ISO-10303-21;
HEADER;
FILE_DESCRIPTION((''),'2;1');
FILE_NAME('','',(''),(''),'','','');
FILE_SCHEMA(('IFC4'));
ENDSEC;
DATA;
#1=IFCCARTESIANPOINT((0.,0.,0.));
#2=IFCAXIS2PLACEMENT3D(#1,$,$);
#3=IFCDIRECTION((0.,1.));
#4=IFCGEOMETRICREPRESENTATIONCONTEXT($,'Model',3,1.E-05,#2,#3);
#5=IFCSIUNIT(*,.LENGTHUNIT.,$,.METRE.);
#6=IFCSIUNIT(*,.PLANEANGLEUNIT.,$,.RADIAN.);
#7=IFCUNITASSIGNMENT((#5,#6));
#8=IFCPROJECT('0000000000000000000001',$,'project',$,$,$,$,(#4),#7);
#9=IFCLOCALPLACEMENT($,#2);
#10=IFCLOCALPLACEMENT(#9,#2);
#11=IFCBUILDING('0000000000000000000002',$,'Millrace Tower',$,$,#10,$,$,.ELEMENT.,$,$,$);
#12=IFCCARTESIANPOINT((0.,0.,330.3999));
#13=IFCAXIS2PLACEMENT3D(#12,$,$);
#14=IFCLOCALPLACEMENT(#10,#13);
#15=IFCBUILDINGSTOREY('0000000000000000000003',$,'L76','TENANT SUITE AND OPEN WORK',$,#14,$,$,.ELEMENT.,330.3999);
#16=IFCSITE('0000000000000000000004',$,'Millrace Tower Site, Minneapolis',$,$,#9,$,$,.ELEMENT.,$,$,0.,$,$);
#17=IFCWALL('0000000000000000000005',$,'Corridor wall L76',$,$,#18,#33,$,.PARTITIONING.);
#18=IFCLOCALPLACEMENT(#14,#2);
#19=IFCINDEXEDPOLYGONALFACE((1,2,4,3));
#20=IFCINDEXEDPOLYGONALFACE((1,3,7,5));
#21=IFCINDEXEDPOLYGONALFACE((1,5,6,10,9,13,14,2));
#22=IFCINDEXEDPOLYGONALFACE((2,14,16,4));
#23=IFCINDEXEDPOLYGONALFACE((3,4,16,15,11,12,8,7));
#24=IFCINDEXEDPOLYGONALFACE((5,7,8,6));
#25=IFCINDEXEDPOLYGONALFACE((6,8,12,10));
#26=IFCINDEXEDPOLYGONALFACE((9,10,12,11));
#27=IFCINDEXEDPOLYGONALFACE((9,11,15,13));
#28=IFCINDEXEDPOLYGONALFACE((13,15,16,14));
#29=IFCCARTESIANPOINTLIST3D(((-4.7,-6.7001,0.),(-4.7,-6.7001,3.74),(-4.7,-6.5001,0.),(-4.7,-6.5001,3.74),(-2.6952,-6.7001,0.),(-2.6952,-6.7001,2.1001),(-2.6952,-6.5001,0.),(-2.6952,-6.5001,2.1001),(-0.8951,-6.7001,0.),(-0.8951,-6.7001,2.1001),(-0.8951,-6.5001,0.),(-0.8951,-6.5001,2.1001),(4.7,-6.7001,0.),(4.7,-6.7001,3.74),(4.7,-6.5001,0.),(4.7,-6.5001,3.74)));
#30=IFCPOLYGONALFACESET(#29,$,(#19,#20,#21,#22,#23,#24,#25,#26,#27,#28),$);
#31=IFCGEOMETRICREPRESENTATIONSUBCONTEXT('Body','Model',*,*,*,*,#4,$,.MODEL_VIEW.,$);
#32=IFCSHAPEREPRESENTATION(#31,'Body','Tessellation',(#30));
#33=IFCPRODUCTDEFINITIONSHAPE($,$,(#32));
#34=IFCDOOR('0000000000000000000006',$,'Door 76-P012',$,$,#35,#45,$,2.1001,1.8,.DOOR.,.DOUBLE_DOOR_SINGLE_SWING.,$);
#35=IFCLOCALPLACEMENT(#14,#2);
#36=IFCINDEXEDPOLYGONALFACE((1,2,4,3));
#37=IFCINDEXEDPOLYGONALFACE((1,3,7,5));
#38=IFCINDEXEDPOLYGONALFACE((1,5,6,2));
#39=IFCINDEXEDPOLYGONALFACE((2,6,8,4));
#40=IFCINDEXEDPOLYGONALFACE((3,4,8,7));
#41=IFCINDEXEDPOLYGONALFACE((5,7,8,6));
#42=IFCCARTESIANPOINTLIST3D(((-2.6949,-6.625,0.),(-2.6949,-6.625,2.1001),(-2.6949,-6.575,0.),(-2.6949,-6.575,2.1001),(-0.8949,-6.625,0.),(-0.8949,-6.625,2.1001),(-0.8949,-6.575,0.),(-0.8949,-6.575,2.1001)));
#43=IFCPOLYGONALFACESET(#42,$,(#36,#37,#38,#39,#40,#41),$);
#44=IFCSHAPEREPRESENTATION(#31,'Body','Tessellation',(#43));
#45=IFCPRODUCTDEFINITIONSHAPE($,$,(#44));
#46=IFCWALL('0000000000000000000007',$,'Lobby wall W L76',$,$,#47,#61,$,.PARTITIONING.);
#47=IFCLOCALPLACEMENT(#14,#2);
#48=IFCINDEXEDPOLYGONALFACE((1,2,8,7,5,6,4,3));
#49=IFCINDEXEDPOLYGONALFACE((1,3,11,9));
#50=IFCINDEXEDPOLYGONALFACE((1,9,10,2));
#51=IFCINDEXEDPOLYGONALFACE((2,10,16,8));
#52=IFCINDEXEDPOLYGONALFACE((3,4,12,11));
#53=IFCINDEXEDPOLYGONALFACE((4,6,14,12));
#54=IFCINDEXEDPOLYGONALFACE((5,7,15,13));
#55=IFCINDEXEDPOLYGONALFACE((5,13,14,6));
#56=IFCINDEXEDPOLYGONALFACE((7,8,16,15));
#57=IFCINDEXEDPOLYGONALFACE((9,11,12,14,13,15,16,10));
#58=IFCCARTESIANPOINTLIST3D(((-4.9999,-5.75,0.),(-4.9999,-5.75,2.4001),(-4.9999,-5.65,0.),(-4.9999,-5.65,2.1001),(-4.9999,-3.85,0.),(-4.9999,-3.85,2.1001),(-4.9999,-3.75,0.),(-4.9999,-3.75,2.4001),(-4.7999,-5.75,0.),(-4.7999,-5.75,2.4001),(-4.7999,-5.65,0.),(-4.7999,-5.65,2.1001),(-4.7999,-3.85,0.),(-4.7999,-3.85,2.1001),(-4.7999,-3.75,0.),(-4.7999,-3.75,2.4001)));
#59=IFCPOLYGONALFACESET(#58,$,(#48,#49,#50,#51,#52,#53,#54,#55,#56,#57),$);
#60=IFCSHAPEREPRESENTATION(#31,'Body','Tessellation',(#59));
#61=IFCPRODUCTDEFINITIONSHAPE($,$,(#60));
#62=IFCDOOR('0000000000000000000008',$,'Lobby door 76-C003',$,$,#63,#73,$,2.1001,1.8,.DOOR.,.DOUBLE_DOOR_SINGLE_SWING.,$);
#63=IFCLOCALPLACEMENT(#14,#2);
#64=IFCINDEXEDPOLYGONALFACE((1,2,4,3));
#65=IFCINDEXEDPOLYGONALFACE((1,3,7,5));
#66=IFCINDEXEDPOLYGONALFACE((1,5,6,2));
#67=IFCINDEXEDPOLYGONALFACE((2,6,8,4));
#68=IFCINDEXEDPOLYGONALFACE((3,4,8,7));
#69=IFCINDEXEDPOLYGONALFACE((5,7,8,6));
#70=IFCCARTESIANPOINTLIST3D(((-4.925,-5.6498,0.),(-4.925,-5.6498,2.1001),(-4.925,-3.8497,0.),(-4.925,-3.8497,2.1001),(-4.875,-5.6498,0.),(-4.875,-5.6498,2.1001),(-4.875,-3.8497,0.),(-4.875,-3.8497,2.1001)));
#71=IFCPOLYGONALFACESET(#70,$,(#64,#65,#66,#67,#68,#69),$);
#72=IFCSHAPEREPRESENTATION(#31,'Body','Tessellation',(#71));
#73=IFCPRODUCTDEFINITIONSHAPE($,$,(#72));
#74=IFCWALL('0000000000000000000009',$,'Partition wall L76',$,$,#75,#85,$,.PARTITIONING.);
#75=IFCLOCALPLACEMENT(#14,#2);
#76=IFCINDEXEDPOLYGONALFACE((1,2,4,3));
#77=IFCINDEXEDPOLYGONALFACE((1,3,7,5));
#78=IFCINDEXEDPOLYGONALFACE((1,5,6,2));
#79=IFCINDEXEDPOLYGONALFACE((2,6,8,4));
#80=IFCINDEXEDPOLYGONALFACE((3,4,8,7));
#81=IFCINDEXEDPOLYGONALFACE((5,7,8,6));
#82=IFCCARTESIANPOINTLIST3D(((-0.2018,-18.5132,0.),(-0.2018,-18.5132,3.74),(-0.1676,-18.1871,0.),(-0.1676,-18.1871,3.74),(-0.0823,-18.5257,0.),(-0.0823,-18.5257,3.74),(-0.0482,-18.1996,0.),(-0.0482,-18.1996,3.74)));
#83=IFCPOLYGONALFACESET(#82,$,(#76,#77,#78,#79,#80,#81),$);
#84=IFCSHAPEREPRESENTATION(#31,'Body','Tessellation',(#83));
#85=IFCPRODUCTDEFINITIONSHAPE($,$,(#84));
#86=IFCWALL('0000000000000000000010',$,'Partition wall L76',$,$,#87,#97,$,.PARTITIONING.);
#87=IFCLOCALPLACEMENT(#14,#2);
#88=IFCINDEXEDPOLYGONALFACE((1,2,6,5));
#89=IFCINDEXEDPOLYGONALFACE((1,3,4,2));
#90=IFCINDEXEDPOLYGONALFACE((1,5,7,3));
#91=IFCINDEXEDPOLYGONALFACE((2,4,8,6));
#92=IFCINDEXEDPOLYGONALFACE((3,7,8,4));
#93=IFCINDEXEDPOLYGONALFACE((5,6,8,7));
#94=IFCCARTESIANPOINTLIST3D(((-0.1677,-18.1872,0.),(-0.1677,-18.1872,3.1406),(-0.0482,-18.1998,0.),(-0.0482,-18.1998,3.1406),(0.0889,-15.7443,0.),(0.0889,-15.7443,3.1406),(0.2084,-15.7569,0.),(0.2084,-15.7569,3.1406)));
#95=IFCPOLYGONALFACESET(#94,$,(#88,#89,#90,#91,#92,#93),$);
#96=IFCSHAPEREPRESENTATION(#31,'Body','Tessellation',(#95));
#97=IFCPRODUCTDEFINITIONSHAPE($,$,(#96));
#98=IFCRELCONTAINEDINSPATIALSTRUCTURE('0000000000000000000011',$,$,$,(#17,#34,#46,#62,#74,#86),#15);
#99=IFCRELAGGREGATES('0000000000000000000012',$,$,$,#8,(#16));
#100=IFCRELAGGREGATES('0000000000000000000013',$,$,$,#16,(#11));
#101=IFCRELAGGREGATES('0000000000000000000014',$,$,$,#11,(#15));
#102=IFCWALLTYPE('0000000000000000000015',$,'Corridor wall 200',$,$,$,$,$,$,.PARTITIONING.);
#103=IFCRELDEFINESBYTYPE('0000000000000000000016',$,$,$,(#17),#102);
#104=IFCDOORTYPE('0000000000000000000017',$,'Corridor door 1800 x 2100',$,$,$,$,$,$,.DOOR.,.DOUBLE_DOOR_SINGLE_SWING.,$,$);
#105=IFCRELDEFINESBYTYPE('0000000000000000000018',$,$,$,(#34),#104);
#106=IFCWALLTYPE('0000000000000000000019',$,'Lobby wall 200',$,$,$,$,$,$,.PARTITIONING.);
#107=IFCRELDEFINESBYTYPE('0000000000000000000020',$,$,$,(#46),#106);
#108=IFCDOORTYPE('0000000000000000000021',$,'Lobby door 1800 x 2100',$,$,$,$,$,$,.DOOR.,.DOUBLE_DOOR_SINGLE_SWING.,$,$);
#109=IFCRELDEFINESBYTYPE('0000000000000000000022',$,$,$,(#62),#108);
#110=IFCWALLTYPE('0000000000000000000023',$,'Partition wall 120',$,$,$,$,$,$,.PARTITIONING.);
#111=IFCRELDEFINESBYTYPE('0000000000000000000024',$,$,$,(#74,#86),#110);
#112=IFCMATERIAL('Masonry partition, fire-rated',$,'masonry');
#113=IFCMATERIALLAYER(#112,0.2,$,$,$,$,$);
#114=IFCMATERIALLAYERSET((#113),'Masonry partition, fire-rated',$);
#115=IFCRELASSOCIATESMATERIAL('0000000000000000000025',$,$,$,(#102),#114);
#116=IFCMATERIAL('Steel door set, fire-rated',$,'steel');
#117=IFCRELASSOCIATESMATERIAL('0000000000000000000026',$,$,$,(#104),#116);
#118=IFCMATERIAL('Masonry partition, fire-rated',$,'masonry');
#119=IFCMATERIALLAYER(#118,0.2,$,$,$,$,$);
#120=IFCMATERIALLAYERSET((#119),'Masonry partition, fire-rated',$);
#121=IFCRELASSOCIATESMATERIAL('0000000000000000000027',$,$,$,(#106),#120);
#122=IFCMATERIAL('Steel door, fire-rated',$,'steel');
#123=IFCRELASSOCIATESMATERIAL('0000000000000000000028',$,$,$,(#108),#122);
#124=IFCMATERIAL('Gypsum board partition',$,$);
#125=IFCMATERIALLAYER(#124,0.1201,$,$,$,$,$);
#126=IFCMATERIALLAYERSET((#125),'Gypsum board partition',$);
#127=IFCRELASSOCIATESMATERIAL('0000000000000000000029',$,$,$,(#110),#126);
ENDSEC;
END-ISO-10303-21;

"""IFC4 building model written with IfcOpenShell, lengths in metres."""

from ifc_helpers import new_model, si_unit, direction, frame, frame_2d, origin, place, context, subcontext, project, spatial, rectangle, extrude, material, layer, layer_set, type_object, element, fill, save


model = new_model("IFC4")

# Units and contexts
model_context = context("Model", 3, precision=1e-05, world=origin(), true_north=direction((0.0, 1.0)))
body_context = subcontext(model_context, "Body", "Model", "MODEL_VIEW")
ifc_project = project(units=[si_unit("LENGTHUNIT", "METRE"), si_unit("PLANEANGLEUNIT", "RADIAN")], contexts=[model_context])

# Site, building, storey
site_placement = place(None, origin())
site = spatial("IfcSite", under=ifc_project, at=site_placement, Name="Millrace Tower Site, Minneapolis", CompositionType="ELEMENT", RefElevation=0.0)
building_placement = place(site_placement, origin())
building = spatial("IfcBuilding", under=site, at=building_placement, Name="Millrace Tower", CompositionType="ELEMENT")
storey_placement = place(building_placement, frame((0.0, 0.0, 330.3999)))
storey = spatial("IfcBuildingStorey", under=building, at=storey_placement, Name="L76", Description="TENANT SUITE AND OPEN WORK", CompositionType="ELEMENT", Elevation=330.3999)

# Walls, openings, doors
ifc_material_1 = material(Name="Masonry partition, fire-rated", Category="masonry")
ifc_layer_1 = layer(ifc_material_1, 0.2)
ifc_layer_set_1 = layer_set([ifc_layer_1], Name="Masonry partition, fire-rated")
wall_type_1 = type_object("IfcWallType", Name="Corridor wall 200", PredefinedType="PARTITIONING", material=ifc_layer_set_1)
wall_1_placement = place(storey_placement, frame((-4.7, -6.6001, 0.0), z_axis=(0.0, 0.0, 1.0), x_axis=(1.0, 0.0, 0.0)))
wall_1 = element("IfcWall", 1, at=wall_1_placement, inside=storey, type_object=wall_type_1, Name="Corridor wall L76", PredefinedType="PARTITIONING", context=body_context, shape_type="SweptSolid", body=[
    extrude(rectangle(XDim=9.3999, YDim=0.2, at=frame_2d((4.7, 0.0))), origin(), (0.0, 0.0, 1.0), 3.74),
])
opening_1_placement = place(wall_1_placement, frame((2.0049, 0.0, 0.0)))
opening_1 = element("IfcOpeningElement", 2, at=opening_1_placement, cuts=wall_1, PredefinedType="OPENING", context=body_context, shape_type="SweptSolid", body=[
    extrude(rectangle(XDim=1.8, YDim=2.1001, at=frame_2d((0.8999, 1.05))), frame((0.0, 0.1099, 0.0), z_axis=(0.0, -1.0, 0.0), x_axis=(1.0, 0.0, 0.0)), (0.0, 0.0, 1.0), 0.22),
])
ifc_material_2 = material(Name="Steel door set, fire-rated", Category="steel")
door_type_1 = type_object("IfcDoorType", Name="Corridor door 1800 x 2100", OperationType="DOUBLE_DOOR_SINGLE_SWING", PredefinedType="DOOR", material=ifc_material_2)
door_1_placement = place(opening_1_placement, frame((1.8, 0.0, 0.0), z_axis=(0.0, 0.0, 1.0), x_axis=(-1.0, 0.0, 0.0)))
door_1 = element("IfcDoor", 3, at=door_1_placement, inside=storey, type_object=door_type_1, Name="Door 76-P012", OperationType="DOUBLE_DOOR_SINGLE_SWING", OverallHeight=2.1001, OverallWidth=1.8, PredefinedType="DOOR", context=body_context, shape_type="SweptSolid", body=[
    extrude(rectangle(XDim=1.8, YDim=2.1001, at=frame_2d((0.8999, 1.05))), frame((0.0, 0.0249, 0.0), z_axis=(0.0, -1.0, 0.0), x_axis=(1.0, 0.0, 0.0)), (0.0, 0.0, 1.0), 0.05),
])
fill(opening_1, door_1)
ifc_material_3 = material(Name="Masonry partition, fire-rated", Category="masonry")
ifc_layer_2 = layer(ifc_material_3, 0.2)
ifc_layer_set_2 = layer_set([ifc_layer_2], Name="Masonry partition, fire-rated")
wall_type_2 = type_object("IfcWallType", Name="Lobby wall 200", PredefinedType="PARTITIONING", material=ifc_layer_set_2)
wall_2_placement = place(storey_placement, frame((-4.8999, -5.75, 0.0), z_axis=(0.0, 0.0, 1.0), x_axis=(0.0, 1.0, 0.0)))
wall_2 = element("IfcWall", 4, at=wall_2_placement, inside=storey, type_object=wall_type_2, Name="Lobby wall W L76", PredefinedType="PARTITIONING", context=body_context, shape_type="SweptSolid", body=[
    extrude(rectangle(XDim=2.0, YDim=0.2, at=frame_2d((1.0, 0.0))), origin(), (0.0, 0.0, 1.0), 2.4001),
])
opening_2_placement = place(wall_2_placement, frame((0.1001, 0.0, 0.0)))
opening_2 = element("IfcOpeningElement", 5, at=opening_2_placement, cuts=wall_2, PredefinedType="OPENING", context=body_context, shape_type="SweptSolid", body=[
    extrude(rectangle(XDim=1.8, YDim=2.1001, at=frame_2d((0.8999, 1.05))), frame((0.0, 0.1099, 0.0), z_axis=(0.0, -1.0, 0.0), x_axis=(1.0, 0.0, 0.0)), (0.0, 0.0, 1.0), 0.22),
])
ifc_material_4 = material(Name="Steel door, fire-rated", Category="steel")
door_type_2 = type_object("IfcDoorType", Name="Lobby door 1800 x 2100", OperationType="DOUBLE_DOOR_SINGLE_SWING", PredefinedType="DOOR", material=ifc_material_4)
door_2_placement = place(opening_2_placement, frame((1.8, 0.0, 0.0), z_axis=(0.0, 0.0, 1.0), x_axis=(-1.0, 0.0, 0.0)))
door_2 = element("IfcDoor", 6, at=door_2_placement, inside=storey, type_object=door_type_2, Name="Lobby door 76-C003", OperationType="DOUBLE_DOOR_SINGLE_SWING", OverallHeight=2.1001, OverallWidth=1.8, PredefinedType="DOOR", context=body_context, shape_type="SweptSolid", body=[
    extrude(rectangle(XDim=1.8, YDim=2.1001, at=frame_2d((0.8999, 1.05))), frame((0.0, 0.0249, 0.0), z_axis=(0.0, -1.0, 0.0), x_axis=(1.0, 0.0, 0.0)), (0.0, 0.0, 1.0), 0.05),
])
fill(opening_2, door_2)

# Walls
ifc_material_5 = material(Name="Gypsum board partition")
ifc_layer_3 = layer(ifc_material_5, 0.1201)
ifc_layer_set_3 = layer_set([ifc_layer_3], Name="Gypsum board partition")
wall_type_3 = type_object("IfcWallType", Name="Partition wall 120", PredefinedType="PARTITIONING", material=ifc_layer_set_3)
wall_3_placement = place(storey_placement, frame((-0.1421, -18.5195, 0.0), z_axis=(0.0, 0.0, 1.0), x_axis=(0.10422, 0.994554, 0.0)))
element("IfcWall", 7, at=wall_3_placement, inside=storey, type_object=wall_type_3, Name="Partition wall L76", PredefinedType="PARTITIONING", context=body_context, shape_type="SweptSolid", body=[
    extrude(rectangle(XDim=0.3279, YDim=0.1201, at=frame_2d((0.1641, 0.0))), origin(), (0.0, 0.0, 1.0), 3.74),
])
wall_4_placement = place(storey_placement, frame((-0.1079, -18.1934, 0.0), z_axis=(0.0, 0.0, 1.0), x_axis=(0.104462, 0.994529, 0.0)))
element("IfcWall", 8, at=wall_4_placement, inside=storey, type_object=wall_type_3, Name="Partition wall L76", PredefinedType="PARTITIONING", context=body_context, shape_type="SweptSolid", body=[
    extrude(rectangle(XDim=2.4563, YDim=0.1201, at=frame_2d((1.228, 0.0))), origin(), (0.0, 0.0, 1.0), 3.1406),
])

save(model, "model.ifc")
